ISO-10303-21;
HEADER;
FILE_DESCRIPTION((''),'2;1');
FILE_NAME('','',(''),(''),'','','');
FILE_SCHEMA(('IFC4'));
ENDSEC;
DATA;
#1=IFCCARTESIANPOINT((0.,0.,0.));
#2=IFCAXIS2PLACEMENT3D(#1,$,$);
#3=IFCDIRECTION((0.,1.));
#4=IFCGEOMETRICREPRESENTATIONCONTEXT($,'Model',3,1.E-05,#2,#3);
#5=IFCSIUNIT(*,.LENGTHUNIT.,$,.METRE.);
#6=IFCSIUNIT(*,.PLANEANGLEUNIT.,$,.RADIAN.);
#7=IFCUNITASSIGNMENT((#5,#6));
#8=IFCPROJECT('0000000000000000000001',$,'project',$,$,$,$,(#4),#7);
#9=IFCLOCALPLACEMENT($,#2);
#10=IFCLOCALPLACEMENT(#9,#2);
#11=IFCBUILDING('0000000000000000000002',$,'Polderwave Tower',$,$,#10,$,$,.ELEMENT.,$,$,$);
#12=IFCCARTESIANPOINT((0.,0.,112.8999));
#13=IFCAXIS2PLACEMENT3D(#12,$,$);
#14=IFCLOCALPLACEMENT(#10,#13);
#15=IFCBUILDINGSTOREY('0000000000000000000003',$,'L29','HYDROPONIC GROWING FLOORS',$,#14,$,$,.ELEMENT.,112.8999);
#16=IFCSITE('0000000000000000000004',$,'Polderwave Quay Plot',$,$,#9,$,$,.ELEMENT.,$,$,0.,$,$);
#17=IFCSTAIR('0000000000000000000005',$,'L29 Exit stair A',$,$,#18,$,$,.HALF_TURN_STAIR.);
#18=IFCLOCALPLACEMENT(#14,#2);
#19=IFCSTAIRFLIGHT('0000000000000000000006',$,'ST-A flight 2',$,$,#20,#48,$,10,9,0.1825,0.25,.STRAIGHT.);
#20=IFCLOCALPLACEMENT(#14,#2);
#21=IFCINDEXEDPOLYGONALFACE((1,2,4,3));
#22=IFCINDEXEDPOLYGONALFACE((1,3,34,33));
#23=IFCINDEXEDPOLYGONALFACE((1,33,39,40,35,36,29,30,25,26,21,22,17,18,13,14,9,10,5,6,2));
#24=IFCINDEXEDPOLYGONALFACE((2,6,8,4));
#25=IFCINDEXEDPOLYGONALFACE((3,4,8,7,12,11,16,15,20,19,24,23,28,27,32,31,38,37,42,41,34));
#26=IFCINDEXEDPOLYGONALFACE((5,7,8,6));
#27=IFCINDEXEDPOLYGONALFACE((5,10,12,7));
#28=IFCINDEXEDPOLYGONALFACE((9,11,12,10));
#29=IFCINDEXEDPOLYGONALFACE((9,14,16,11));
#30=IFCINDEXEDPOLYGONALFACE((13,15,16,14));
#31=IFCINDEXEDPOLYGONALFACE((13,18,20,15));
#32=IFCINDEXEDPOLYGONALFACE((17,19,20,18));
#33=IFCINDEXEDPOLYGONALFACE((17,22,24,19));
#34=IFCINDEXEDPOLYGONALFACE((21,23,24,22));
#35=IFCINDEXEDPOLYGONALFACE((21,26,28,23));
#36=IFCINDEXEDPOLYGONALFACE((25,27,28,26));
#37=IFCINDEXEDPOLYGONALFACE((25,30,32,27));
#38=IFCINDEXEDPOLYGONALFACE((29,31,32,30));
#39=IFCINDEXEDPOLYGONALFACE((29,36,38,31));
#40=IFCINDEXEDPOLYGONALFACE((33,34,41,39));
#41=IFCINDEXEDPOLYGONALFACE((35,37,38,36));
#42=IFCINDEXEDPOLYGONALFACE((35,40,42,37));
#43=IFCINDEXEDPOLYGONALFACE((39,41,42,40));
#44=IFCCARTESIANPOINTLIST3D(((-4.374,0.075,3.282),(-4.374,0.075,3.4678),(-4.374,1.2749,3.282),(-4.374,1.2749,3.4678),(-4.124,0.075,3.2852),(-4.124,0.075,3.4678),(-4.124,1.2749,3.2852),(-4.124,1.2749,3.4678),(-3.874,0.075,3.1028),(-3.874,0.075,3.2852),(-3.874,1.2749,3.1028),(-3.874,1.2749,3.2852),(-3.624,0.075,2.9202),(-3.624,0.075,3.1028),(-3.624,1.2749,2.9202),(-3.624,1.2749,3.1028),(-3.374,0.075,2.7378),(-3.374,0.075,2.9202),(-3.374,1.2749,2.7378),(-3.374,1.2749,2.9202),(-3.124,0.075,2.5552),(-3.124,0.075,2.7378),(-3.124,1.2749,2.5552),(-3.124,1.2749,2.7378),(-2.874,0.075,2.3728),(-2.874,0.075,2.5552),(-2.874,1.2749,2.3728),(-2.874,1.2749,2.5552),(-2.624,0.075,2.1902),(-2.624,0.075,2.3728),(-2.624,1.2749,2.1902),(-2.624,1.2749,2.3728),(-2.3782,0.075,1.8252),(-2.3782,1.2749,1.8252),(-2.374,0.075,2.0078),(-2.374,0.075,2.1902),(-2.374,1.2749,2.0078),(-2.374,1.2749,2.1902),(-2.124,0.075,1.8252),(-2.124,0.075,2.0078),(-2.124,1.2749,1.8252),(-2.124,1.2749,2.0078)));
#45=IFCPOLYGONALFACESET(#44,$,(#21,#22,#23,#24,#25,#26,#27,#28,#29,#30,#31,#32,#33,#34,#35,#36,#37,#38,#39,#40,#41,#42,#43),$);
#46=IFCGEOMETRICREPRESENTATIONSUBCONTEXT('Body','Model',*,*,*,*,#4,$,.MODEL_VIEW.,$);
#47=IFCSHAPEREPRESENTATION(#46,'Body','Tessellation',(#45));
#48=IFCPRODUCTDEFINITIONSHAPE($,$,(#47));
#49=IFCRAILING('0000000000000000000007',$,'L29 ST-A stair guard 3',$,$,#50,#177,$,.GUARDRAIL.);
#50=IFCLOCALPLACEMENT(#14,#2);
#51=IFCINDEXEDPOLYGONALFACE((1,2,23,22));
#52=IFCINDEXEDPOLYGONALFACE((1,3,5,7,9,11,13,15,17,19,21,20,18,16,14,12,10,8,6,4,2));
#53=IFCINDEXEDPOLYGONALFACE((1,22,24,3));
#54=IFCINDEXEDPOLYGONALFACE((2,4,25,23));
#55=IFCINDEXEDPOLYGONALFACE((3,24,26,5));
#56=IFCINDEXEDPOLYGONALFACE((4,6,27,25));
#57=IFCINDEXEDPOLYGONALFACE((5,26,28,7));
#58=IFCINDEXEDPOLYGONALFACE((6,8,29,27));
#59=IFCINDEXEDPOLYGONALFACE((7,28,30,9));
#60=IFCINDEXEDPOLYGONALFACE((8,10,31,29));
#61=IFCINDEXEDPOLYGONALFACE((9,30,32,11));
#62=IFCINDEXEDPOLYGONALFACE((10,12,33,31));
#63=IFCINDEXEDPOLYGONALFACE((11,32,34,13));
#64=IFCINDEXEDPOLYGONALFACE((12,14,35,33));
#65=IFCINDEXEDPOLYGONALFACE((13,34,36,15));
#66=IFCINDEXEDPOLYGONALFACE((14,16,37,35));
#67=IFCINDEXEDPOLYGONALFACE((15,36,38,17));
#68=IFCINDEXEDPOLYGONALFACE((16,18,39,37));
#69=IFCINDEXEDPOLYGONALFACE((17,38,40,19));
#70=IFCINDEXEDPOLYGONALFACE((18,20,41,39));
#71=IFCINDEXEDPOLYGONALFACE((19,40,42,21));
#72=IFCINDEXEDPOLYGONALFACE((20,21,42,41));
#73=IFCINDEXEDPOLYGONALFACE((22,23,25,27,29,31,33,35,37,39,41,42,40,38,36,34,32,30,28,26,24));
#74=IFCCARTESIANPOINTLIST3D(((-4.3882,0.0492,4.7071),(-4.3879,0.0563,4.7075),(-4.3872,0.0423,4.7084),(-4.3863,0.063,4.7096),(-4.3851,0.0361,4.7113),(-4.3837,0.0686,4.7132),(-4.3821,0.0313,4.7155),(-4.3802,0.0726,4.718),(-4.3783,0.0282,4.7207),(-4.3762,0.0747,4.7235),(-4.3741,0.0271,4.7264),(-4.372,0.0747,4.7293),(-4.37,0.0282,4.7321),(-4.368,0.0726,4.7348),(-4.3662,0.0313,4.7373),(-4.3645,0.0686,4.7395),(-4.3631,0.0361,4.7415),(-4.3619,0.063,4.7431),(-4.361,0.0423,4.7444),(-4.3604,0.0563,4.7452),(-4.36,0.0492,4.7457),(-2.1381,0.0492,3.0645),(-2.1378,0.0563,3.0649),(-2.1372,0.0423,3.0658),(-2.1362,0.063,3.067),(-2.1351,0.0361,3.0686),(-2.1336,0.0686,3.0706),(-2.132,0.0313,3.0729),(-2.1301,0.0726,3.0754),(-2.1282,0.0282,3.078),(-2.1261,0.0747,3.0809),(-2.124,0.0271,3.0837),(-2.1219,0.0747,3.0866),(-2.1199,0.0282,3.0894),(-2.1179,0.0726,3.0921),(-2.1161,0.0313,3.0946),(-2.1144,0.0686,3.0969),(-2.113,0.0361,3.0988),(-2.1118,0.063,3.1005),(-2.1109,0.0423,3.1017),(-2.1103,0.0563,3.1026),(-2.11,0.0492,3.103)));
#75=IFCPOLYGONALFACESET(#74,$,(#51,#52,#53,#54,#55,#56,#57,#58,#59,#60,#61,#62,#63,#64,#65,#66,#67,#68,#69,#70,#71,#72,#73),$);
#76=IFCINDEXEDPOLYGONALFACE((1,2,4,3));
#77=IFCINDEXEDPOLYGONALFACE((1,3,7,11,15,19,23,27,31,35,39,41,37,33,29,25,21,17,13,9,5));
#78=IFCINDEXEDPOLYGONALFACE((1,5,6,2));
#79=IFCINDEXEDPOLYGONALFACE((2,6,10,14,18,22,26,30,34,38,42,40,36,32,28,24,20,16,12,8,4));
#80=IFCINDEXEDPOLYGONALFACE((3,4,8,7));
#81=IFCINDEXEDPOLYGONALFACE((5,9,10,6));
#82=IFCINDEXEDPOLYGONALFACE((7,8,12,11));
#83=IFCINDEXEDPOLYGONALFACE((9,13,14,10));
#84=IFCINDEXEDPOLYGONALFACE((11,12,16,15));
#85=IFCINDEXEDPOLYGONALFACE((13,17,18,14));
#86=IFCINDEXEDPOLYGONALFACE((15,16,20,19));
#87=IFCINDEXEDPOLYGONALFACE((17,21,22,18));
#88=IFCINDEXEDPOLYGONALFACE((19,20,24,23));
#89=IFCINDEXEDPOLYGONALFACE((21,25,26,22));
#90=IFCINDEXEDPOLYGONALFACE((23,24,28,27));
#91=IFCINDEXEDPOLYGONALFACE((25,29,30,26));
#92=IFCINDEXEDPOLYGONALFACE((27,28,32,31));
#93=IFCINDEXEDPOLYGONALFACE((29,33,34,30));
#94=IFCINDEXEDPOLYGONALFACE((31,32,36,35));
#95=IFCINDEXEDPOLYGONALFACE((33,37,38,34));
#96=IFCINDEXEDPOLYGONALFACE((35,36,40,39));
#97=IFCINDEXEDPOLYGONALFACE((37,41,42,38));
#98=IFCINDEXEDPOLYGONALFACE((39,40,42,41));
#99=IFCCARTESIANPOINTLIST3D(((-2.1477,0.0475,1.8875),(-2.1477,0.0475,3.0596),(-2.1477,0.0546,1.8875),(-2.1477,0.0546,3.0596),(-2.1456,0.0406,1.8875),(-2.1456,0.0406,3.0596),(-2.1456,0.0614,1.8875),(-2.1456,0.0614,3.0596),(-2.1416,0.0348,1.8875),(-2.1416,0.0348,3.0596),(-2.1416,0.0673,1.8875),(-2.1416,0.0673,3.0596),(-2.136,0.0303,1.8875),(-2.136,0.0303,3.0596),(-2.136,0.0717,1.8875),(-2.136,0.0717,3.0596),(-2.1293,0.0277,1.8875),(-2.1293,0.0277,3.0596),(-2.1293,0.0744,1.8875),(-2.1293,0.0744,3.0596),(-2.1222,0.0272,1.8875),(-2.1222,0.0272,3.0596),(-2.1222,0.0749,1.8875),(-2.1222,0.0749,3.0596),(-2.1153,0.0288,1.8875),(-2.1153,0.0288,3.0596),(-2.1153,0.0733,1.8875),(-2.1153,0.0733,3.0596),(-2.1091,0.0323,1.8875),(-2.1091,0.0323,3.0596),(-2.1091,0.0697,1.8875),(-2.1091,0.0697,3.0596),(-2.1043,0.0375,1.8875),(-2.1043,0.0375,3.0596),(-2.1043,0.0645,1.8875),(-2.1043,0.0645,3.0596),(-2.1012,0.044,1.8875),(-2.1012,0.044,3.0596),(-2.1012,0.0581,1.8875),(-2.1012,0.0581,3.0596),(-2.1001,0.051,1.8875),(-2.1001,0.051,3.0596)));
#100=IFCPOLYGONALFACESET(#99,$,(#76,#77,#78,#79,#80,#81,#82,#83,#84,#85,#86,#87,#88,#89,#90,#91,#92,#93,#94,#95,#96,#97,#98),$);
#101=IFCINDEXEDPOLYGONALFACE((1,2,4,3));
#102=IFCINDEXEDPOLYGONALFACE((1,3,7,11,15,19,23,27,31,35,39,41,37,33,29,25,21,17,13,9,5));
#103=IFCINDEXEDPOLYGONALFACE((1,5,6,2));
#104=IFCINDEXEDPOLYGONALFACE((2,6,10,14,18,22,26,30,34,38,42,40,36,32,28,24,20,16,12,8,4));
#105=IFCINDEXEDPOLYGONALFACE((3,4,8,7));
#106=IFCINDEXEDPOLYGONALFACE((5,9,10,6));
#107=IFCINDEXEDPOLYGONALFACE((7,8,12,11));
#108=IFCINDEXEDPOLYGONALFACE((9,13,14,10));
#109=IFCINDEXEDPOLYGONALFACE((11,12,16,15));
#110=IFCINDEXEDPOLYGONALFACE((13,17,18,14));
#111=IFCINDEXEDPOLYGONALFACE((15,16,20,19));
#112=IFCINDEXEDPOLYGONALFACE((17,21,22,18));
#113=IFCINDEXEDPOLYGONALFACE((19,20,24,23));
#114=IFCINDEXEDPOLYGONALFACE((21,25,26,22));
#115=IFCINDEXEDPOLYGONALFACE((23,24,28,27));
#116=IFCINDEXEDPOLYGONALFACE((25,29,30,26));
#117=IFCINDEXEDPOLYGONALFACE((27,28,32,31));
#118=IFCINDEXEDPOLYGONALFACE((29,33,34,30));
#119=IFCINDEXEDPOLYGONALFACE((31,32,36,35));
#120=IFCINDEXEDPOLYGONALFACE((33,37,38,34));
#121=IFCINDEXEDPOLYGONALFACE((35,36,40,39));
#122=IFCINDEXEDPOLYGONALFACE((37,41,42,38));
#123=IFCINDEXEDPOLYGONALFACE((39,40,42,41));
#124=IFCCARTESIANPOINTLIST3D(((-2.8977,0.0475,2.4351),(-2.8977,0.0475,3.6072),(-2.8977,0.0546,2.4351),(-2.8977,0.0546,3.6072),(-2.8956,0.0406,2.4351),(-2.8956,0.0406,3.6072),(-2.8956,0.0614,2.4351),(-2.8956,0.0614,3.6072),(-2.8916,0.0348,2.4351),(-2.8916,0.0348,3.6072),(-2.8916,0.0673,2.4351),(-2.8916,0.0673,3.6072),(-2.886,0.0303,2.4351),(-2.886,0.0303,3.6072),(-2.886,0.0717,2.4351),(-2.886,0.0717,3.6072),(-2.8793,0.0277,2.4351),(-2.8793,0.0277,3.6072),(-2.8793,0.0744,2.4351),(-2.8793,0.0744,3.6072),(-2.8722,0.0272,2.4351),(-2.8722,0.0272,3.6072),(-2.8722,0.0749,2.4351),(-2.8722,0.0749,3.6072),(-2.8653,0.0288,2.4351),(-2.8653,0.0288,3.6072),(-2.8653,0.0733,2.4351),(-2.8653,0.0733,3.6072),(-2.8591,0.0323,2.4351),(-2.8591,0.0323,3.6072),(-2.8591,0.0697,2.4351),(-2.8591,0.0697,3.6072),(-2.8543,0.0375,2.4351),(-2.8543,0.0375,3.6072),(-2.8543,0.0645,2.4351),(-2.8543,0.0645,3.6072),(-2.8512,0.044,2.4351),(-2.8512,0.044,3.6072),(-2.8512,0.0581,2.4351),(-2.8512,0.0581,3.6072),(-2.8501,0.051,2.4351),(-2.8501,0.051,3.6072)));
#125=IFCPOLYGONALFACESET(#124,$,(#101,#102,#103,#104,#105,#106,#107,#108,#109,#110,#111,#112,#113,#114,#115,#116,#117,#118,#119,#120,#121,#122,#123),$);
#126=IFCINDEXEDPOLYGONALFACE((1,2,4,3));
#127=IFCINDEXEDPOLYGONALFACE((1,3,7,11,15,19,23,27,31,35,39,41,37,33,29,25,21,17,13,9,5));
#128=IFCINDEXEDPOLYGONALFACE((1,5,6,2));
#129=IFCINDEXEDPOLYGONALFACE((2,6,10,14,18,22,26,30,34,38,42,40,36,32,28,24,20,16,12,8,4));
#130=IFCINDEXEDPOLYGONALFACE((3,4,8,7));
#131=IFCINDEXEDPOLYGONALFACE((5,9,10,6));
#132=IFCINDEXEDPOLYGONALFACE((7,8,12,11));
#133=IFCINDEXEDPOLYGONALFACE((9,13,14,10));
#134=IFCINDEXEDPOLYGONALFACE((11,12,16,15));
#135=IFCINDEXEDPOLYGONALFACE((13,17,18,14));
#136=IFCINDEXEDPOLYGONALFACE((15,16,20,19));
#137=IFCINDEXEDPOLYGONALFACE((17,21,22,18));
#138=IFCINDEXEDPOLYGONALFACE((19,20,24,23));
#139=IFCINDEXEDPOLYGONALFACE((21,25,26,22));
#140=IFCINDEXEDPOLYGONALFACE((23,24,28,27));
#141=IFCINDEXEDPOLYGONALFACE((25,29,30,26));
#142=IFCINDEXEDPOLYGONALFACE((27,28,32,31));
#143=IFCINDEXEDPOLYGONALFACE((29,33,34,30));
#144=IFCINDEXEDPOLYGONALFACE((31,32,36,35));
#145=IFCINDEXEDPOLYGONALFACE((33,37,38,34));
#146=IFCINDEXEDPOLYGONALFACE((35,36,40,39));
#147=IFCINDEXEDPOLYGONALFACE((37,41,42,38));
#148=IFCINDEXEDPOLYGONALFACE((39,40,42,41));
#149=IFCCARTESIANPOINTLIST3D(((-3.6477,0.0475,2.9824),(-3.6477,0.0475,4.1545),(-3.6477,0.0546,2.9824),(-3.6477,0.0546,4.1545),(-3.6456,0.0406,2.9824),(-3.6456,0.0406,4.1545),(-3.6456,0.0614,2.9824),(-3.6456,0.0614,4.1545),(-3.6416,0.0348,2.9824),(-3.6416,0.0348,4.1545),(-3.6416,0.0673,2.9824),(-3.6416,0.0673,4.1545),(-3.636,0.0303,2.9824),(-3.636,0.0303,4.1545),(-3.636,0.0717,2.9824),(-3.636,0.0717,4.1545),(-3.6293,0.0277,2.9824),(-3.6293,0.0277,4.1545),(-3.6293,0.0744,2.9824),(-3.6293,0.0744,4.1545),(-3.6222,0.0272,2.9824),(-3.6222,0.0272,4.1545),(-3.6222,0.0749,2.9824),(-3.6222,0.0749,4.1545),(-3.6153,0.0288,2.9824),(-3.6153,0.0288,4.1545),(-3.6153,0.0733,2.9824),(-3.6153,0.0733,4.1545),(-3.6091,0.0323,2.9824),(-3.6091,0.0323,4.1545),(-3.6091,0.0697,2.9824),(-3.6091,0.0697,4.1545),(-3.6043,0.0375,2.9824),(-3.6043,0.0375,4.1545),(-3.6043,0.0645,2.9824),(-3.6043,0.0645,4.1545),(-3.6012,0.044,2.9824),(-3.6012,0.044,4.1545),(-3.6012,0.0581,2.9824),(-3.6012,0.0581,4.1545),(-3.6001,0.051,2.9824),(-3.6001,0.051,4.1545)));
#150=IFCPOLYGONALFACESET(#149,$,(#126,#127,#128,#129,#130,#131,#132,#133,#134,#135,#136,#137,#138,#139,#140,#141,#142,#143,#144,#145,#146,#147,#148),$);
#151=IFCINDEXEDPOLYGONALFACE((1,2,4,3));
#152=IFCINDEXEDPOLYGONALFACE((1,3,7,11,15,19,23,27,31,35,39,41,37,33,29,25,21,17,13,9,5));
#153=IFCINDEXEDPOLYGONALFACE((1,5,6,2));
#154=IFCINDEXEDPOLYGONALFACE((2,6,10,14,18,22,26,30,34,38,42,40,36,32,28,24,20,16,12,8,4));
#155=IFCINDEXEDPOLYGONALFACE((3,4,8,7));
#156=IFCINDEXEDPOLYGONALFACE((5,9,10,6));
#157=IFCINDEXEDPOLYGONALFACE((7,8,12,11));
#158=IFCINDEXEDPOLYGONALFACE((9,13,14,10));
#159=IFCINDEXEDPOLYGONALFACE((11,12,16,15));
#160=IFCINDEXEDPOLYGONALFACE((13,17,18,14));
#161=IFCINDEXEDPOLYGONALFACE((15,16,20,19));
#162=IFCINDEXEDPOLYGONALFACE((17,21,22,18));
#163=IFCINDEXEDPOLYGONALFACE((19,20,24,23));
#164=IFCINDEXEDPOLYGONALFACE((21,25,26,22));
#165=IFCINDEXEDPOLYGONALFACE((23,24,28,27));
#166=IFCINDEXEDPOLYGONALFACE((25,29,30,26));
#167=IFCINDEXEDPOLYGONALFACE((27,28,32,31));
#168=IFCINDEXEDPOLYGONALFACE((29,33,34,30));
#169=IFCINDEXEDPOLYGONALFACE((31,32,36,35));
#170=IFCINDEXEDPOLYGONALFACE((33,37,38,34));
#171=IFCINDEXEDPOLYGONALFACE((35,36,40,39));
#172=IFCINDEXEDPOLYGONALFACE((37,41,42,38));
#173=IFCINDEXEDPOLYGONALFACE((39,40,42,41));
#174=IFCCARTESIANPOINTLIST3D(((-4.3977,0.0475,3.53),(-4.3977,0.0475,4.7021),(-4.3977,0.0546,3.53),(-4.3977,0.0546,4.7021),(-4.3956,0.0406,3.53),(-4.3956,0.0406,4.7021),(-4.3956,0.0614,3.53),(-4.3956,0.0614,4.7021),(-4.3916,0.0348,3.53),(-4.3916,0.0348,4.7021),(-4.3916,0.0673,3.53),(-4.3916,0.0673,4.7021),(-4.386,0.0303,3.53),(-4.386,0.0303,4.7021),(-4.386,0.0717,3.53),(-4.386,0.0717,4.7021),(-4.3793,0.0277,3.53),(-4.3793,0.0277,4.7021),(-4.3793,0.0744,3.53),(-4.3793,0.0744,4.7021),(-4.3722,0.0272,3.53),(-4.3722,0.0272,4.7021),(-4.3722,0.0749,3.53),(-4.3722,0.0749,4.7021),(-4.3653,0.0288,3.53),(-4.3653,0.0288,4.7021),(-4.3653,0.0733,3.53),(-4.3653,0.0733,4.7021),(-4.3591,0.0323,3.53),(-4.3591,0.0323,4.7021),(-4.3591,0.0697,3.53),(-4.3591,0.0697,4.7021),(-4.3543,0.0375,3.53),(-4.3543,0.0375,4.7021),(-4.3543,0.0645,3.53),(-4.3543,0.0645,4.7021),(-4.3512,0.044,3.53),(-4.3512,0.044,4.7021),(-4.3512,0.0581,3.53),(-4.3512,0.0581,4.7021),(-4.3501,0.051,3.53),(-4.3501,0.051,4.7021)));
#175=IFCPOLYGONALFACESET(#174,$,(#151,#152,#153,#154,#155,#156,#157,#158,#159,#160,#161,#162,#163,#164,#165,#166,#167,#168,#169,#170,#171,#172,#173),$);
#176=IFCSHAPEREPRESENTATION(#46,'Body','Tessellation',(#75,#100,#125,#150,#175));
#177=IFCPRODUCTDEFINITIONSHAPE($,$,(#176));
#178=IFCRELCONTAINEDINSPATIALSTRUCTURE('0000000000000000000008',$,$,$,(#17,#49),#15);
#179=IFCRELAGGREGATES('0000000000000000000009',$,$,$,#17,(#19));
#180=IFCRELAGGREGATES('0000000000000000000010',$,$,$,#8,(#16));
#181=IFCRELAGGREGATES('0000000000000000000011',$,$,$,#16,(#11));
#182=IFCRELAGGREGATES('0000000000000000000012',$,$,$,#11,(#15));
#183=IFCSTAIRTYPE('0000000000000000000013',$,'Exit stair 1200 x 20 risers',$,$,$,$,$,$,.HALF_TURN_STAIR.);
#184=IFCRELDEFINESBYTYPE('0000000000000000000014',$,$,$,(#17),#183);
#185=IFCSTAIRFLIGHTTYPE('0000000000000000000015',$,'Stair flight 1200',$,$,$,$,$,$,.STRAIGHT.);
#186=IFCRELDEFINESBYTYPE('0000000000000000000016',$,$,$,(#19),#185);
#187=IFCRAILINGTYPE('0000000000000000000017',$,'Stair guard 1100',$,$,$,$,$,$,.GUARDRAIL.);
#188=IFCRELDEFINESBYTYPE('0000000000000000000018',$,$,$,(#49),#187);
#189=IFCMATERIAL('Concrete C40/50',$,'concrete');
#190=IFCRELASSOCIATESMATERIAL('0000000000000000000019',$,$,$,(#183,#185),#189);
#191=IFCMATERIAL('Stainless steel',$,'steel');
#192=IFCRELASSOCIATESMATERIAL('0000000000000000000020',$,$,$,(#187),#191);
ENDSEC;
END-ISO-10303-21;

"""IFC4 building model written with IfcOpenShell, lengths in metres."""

from ifc_helpers import new_model, si_unit, direction, frame, origin, origin_2d, place, context, subcontext, project, spatial, polyline, circle, outline, extrude, material, type_object, element, aggregate, save


model = new_model("IFC4")

# Units and contexts
model_context = context("Model", 3, precision=1e-05, world=origin(), true_north=direction((0.0, 1.0)))
body_context = subcontext(model_context, "Body", "Model", "MODEL_VIEW")
ifc_project = project(units=[si_unit("LENGTHUNIT", "METRE"), si_unit("PLANEANGLEUNIT", "RADIAN")], contexts=[model_context])

# Site, building, storey
site_placement = place(None, origin())
site = spatial("IfcSite", under=ifc_project, at=site_placement, Name="Polderwave Quay Plot", CompositionType="ELEMENT", RefElevation=0.0)
building_placement = place(site_placement, origin())
building = spatial("IfcBuilding", under=site, at=building_placement, Name="Polderwave Tower", CompositionType="ELEMENT")
storey_placement = place(building_placement, frame((0.0, 0.0, 112.8999)))
storey = spatial("IfcBuildingStorey", under=building, at=storey_placement, Name="L29", Description="HYDROPONIC GROWING FLOORS", CompositionType="ELEMENT", Elevation=112.8999)

# Stair, stair flight
ifc_material_1 = material(Name="Concrete C40/50", Category="concrete")
stair_type = type_object("IfcStairType", Name="Exit stair 1200 x 20 risers", PredefinedType="HALF_TURN_STAIR", material=ifc_material_1)
stair_placement = place(storey_placement, origin())
stair = element("IfcStair", 1, at=stair_placement, inside=storey, type_object=stair_type, Name="L29 Exit stair A", PredefinedType="HALF_TURN_STAIR")
stair_flight_type = type_object("IfcStairFlightType", Name="Stair flight 1200", PredefinedType="STRAIGHT", material=ifc_material_1)
stair_flight_placement = place(storey_placement, frame((-2.124, 0.675, 1.8252), z_axis=(0.0, 0.0, 1.0), x_axis=(-1.0, 0.0, 0.0)))
stair_flight = element("IfcStairFlight", 2, at=stair_flight_placement, type_object=stair_flight_type, Name="ST-A flight 2", NumberOfRisers=10, NumberOfTreads=9, PredefinedType="STRAIGHT", RiserHeight=0.1825, TreadLength=0.25, context=body_context, shape_type="SweptSolid", body=[
    extrude(outline(polyline([(0.0, 0.0), (0.0, 0.1826), (0.25, 0.1826), (0.25, 0.365), (0.5, 0.365), (0.5, 0.5476), (0.75, 0.5476), (0.75, 0.73), (1.0, 0.73), (1.0, 0.9126), (1.25, 0.9126), (1.25, 1.095), (1.5, 1.095), (1.5, 1.2776), (1.75, 1.2776), (1.75, 1.46), (2.0, 1.46), (2.0, 1.6426), (2.25, 1.6426), (2.25, 1.825), (2.25, 1.4568), (0.2542, 0.0), (0.0, 0.0)])), frame((0.0, 0.6001, 0.0), z_axis=(0.0, -1.0, 0.0), x_axis=(1.0, 0.0, 0.0)), (0.0, 0.0, 1.0), 1.2),
])
aggregate(stair, [stair_flight])

# Railing
ifc_material_2 = material(Name="Stainless steel", Category="steel")
railing_type_1 = type_object("IfcRailingType", Name="Stair guard 1100", PredefinedType="GUARDRAIL", material=ifc_material_2)
railing_1_placement = place(storey_placement, frame((-2.124, 0.051, 1.8875)))
element("IfcRailing", 3, at=railing_1_placement, inside=storey, type_object=railing_type_1, Name="L29 ST-A stair guard 3", PredefinedType="GUARDRAIL", context=body_context, shape_type="SweptSolid", body=[
    extrude(circle(Radius=0.0239, at=origin_2d()), frame((0.0, 0.0, 1.1963), z_axis=(-0.807674, 0.0, 0.58963), x_axis=(0.0, -1.0, 0.0)), (0.0, 0.0, 1.0), 2.7859),
    extrude(circle(Radius=0.0239, at=origin_2d()), origin(), (0.0, 0.0, 1.0), 1.1721),
    extrude(circle(Radius=0.0239, at=origin_2d()), frame((-0.75, 0.0, 0.5476)), (0.0, 0.0, 1.0), 1.1721),
    extrude(circle(Radius=0.0239, at=origin_2d()), frame((-1.5, 0.0, 1.095)), (0.0, 0.0, 1.0), 1.1721),
    extrude(circle(Radius=0.0239, at=origin_2d()), frame((-2.25, 0.0, 1.6426)), (0.0, 0.0, 1.0), 1.1721),
])

save(model, "model.ifc")
